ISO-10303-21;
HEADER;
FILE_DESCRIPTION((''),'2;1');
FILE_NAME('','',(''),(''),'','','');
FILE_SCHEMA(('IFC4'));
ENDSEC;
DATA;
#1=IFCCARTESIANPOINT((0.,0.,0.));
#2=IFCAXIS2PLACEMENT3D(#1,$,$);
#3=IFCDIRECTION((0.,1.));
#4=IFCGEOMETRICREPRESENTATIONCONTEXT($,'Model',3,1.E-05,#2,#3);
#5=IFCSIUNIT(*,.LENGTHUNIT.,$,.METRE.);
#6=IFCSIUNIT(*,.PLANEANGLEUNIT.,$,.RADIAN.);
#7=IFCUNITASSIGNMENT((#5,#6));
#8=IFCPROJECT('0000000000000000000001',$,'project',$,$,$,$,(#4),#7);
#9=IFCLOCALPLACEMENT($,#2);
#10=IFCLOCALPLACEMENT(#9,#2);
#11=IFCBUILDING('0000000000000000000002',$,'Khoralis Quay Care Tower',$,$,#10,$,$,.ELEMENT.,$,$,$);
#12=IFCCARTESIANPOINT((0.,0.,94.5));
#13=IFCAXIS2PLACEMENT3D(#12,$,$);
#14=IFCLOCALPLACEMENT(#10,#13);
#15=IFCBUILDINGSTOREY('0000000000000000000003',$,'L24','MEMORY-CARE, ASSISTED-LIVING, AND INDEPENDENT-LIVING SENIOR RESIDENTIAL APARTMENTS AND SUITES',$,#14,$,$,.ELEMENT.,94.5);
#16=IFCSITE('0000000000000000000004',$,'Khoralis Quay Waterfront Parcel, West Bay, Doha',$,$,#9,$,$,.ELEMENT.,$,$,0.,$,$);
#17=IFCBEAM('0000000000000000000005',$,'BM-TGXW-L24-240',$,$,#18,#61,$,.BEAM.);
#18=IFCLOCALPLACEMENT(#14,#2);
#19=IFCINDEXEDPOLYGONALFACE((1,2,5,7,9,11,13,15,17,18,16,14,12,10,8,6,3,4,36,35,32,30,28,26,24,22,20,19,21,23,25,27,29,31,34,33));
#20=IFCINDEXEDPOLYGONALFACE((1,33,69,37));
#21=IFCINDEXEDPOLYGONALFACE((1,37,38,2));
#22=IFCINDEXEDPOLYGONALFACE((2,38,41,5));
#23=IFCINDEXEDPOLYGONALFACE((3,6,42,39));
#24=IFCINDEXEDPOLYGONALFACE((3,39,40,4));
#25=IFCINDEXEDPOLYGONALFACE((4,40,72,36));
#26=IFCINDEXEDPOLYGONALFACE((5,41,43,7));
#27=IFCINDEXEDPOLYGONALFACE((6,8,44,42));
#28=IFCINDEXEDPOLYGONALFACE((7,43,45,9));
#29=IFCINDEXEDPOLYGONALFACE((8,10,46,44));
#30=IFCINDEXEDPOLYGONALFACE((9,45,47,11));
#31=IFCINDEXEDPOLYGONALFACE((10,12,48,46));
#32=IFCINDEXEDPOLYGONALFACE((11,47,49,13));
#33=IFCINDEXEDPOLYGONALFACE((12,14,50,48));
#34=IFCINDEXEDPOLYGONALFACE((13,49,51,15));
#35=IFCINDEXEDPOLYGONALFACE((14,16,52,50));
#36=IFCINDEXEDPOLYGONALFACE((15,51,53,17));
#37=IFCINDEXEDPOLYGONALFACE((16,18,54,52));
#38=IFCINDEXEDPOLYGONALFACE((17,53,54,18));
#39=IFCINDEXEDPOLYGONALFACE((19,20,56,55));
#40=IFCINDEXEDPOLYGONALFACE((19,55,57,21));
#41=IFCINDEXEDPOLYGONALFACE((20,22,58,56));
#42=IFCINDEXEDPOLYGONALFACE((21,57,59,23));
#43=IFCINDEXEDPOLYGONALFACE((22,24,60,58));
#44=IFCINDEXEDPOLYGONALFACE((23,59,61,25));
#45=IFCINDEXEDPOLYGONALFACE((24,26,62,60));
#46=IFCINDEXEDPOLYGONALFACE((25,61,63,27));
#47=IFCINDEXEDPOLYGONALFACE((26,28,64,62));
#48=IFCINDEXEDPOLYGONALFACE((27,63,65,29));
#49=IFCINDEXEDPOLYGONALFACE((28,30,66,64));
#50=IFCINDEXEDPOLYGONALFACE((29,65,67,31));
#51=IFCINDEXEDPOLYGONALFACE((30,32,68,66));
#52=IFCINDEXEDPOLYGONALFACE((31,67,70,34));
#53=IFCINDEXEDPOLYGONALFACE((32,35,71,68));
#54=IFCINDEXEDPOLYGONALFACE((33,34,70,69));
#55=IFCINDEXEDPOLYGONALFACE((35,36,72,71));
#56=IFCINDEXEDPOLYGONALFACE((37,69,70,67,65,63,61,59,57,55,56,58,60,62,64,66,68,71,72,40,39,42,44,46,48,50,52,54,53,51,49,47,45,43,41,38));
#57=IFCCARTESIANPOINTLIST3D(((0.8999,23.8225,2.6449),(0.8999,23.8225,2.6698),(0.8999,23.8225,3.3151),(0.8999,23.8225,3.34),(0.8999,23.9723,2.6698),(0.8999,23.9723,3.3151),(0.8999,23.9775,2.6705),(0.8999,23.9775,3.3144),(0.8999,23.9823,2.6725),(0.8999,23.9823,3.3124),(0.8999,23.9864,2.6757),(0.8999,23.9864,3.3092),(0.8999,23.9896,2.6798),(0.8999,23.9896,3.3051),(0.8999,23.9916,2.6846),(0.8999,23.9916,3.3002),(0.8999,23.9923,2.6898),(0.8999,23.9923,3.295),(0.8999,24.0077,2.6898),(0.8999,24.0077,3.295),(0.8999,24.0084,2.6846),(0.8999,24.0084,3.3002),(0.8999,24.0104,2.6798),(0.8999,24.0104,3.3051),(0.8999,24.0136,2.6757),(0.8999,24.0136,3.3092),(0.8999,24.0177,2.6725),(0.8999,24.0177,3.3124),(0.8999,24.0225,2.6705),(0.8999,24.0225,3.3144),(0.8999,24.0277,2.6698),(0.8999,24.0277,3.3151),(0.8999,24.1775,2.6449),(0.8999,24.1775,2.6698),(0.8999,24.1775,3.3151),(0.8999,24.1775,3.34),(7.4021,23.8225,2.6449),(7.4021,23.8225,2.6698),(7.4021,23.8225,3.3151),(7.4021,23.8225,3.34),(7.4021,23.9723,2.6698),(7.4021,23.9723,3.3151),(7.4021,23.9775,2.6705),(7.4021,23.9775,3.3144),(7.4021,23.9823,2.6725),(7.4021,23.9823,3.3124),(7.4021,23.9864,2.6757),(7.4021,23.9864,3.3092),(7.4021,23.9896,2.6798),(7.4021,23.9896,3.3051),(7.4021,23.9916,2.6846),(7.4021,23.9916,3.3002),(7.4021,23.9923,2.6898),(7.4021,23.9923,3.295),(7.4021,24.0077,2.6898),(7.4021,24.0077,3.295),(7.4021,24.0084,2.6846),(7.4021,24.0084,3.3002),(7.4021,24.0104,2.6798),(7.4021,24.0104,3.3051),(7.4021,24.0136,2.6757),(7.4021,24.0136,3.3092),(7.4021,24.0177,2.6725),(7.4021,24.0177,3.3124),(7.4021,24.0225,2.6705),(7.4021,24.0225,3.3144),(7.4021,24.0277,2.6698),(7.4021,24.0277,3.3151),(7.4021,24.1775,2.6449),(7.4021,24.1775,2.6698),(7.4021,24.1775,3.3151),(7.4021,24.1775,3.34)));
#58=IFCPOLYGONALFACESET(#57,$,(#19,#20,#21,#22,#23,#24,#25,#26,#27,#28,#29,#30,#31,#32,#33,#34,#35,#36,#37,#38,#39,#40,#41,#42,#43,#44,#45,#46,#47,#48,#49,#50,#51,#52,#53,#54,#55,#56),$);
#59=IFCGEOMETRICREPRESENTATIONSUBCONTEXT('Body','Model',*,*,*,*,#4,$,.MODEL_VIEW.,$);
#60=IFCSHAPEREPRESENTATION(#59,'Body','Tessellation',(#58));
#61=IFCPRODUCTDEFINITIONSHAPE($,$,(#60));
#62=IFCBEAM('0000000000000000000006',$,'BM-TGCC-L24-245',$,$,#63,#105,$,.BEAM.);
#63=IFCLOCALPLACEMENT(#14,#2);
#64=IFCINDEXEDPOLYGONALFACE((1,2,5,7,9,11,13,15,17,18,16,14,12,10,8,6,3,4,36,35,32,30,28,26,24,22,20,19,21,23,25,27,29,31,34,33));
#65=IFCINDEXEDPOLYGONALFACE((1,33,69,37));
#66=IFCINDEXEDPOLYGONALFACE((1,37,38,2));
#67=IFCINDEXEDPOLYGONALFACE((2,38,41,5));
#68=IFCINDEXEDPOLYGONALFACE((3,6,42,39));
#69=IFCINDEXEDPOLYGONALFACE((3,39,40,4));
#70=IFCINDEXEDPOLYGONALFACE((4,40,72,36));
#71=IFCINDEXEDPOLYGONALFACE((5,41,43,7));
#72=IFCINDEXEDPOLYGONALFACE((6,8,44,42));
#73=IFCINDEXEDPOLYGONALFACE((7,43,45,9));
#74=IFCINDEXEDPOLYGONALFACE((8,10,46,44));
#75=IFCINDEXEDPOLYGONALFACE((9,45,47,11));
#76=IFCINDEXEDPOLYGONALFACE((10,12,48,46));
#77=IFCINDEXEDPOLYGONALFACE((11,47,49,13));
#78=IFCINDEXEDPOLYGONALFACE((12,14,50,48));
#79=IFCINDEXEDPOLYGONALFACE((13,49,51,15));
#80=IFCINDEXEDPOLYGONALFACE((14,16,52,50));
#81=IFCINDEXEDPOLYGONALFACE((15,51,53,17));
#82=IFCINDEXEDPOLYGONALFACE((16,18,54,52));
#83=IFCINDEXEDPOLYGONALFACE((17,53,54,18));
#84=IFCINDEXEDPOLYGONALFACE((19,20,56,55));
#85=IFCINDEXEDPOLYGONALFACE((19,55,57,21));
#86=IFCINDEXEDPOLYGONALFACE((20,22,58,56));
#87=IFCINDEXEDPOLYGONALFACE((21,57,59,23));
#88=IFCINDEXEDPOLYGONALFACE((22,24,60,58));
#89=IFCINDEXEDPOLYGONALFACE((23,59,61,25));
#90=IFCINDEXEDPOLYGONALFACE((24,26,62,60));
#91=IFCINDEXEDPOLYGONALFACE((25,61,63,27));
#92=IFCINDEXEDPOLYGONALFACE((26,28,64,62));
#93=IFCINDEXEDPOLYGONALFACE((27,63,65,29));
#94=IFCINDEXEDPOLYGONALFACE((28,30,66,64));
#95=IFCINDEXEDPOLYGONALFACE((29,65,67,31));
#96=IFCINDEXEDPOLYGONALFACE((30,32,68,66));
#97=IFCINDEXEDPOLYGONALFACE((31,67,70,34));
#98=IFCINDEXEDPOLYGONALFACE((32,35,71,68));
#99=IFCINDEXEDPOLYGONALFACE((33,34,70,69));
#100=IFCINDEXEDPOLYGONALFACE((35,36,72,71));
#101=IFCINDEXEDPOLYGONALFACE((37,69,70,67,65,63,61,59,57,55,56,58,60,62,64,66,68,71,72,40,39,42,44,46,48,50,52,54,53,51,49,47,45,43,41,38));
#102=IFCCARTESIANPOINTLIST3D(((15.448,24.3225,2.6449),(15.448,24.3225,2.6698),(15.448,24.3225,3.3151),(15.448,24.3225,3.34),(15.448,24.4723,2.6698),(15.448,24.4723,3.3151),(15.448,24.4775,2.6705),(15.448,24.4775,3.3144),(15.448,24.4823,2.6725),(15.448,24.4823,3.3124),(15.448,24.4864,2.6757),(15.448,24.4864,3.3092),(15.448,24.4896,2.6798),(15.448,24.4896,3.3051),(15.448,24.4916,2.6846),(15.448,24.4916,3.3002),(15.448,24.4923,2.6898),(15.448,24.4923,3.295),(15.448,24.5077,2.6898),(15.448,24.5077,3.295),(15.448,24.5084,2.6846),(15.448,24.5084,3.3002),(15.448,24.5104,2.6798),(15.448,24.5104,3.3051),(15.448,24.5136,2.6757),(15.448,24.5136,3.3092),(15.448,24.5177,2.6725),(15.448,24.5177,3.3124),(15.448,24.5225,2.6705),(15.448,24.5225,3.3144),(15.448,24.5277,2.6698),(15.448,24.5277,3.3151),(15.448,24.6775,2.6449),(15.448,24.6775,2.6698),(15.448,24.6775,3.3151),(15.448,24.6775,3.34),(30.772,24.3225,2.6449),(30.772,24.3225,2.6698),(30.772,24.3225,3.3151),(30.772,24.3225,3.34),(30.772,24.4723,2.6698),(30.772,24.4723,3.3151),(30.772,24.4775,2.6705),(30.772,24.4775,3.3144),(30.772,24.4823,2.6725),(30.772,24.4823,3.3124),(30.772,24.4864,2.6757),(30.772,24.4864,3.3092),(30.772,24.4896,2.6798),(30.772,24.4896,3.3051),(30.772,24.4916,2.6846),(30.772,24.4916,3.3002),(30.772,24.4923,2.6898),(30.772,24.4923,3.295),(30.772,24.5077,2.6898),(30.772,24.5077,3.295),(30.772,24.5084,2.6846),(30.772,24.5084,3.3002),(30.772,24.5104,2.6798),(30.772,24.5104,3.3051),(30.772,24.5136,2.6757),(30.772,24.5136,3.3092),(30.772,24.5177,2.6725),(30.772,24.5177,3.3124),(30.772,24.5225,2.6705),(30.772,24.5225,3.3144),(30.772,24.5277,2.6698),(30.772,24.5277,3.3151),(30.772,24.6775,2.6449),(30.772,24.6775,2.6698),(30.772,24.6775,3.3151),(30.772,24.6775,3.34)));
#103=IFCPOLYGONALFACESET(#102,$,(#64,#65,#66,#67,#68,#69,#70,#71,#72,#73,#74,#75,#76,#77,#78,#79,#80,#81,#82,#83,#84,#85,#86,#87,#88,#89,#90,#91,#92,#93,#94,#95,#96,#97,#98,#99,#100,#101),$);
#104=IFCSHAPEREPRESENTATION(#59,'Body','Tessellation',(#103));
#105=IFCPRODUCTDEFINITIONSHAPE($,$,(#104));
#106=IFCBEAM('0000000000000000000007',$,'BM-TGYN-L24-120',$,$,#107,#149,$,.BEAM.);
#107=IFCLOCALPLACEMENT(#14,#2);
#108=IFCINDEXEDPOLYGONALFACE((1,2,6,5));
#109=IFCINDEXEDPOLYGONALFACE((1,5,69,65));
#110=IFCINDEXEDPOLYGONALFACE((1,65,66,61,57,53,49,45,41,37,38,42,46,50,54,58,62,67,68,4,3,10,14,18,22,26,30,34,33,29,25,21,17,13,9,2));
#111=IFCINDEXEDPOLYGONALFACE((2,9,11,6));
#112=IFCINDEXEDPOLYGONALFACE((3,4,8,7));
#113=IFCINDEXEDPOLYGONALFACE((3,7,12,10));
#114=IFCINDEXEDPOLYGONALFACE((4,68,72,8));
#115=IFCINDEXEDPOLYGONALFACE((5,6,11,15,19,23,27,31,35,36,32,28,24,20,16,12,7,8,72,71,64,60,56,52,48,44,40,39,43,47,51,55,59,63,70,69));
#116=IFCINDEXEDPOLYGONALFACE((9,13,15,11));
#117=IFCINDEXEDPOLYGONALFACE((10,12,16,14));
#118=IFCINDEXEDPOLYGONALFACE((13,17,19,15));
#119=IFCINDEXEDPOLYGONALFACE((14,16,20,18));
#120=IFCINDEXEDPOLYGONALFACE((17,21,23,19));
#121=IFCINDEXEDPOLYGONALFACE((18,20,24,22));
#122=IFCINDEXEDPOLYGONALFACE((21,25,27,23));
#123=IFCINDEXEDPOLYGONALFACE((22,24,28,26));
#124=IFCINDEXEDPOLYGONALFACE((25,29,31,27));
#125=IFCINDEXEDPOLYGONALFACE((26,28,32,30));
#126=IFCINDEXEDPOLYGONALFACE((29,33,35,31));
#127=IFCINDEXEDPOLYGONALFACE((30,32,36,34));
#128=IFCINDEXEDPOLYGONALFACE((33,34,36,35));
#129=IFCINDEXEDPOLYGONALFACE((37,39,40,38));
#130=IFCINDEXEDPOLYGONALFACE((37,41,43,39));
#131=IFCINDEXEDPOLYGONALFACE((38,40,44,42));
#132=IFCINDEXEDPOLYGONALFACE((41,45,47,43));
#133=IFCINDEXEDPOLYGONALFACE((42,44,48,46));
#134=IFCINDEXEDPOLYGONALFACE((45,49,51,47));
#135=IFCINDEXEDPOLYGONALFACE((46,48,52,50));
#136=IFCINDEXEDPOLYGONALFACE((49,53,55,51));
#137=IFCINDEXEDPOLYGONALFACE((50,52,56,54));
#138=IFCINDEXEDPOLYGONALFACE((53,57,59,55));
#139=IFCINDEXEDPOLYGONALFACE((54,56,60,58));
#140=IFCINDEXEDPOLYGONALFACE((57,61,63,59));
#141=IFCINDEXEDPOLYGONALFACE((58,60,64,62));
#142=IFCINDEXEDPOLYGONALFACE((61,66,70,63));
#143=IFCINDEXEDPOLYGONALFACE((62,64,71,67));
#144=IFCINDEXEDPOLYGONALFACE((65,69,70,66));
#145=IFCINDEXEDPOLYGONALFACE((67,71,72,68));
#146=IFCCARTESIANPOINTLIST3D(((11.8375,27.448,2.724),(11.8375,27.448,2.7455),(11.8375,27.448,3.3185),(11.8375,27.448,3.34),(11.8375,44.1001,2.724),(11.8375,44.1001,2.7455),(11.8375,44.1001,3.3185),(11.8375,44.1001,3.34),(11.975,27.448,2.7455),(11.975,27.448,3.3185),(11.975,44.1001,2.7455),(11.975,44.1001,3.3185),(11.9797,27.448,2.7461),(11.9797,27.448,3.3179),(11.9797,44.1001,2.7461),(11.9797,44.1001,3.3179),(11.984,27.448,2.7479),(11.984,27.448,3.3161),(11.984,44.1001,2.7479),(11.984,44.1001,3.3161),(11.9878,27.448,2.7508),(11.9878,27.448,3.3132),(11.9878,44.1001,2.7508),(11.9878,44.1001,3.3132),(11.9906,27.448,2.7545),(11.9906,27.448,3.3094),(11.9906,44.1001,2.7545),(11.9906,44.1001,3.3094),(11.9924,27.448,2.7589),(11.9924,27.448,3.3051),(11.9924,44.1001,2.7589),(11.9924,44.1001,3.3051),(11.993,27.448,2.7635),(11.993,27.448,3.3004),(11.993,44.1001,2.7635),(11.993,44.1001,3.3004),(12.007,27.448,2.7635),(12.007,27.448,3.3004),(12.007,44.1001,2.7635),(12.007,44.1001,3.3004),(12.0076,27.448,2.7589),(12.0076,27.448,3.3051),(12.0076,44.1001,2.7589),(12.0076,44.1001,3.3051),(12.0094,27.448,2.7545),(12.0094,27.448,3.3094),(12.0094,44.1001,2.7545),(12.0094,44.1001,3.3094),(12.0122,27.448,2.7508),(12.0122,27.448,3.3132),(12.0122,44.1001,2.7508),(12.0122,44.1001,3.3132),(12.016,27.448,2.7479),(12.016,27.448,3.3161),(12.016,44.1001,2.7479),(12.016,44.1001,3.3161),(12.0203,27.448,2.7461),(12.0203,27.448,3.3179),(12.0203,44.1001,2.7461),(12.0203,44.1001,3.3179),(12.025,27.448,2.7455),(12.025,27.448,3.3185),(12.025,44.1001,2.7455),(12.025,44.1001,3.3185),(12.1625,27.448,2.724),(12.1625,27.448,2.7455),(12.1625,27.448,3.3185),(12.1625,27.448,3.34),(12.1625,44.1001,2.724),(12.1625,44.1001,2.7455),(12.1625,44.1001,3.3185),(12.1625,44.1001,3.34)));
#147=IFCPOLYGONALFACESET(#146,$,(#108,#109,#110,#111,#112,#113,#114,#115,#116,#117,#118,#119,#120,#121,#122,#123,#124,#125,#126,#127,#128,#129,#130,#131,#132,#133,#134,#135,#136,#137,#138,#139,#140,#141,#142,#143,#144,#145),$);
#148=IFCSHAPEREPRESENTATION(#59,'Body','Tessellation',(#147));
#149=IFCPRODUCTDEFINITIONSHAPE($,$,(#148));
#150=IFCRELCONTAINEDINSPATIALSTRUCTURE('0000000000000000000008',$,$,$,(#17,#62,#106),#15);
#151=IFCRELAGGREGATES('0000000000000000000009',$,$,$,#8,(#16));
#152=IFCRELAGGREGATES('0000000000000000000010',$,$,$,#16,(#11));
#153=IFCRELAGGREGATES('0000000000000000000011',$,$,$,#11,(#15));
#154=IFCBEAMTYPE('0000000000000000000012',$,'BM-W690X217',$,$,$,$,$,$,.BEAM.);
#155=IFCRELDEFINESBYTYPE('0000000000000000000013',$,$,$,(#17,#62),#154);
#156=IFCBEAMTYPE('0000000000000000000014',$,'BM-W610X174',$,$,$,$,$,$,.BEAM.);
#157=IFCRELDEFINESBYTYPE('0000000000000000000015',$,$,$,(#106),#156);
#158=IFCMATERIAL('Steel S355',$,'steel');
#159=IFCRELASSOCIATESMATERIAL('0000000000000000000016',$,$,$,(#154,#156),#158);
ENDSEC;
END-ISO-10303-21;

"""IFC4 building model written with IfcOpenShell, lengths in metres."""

from ifc_helpers import new_model, si_unit, direction, frame, origin, origin_2d, place, context, subcontext, project, spatial, i_section, extrude, source, transform, mapped, material, material_profile, profile_set, type_object, element, save


model = new_model("IFC4")

# Units and contexts
model_context = context("Model", 3, precision=1e-05, world=origin(), true_north=direction((0.0, 1.0)))
body_context = subcontext(model_context, "Body", "Model", "MODEL_VIEW")
ifc_project = project(units=[si_unit("LENGTHUNIT", "METRE"), si_unit("PLANEANGLEUNIT", "RADIAN")], contexts=[model_context])

# Site, building, storey
site_placement = place(None, origin())
site = spatial("IfcSite", under=ifc_project, at=site_placement, Name="Khoralis Quay Waterfront Parcel, West Bay, Doha", CompositionType="ELEMENT", RefElevation=0.0)
building_placement = place(site_placement, origin())
building = spatial("IfcBuilding", under=site, at=building_placement, Name="Khoralis Quay Care Tower", CompositionType="ELEMENT")
storey_placement = place(building_placement, frame((0.0, 0.0, 94.5)))
storey = spatial("IfcBuildingStorey", under=building, at=storey_placement, Name="L24", Description="MEMORY-CARE, ASSISTED-LIVING, AND INDEPENDENT-LIVING SENIOR RESIDENTIAL APARTMENTS AND SUITES", CompositionType="ELEMENT", Elevation=94.5)

# Beams
ifc_material_1 = material(Name="Steel S355", Category="steel")
ifc_material_profile_1 = material_profile(ifc_material_1, i_section(OverallWidth=0.355, OverallDepth=0.6951, WebThickness=0.0154, FlangeThickness=0.0249, FilletRadius=0.02, at=origin_2d()), Name="Steel S355")
ifc_profile_set_1 = profile_set([ifc_material_profile_1], Name="Steel S355")
beam_type_1 = type_object("IfcBeamType", Name="BM-W690X217", PredefinedType="BEAM", material=ifc_profile_set_1)
shared_shape_1 = source(origin(), body_context, "Body", "SweptSolid", [
    extrude(i_section(OverallWidth=0.355, OverallDepth=0.6951, WebThickness=0.0154, FlangeThickness=0.0249, FilletRadius=0.02, at=origin_2d()), origin(), (0.0, 0.0, 1.0), 6.5022),
])
for number, where, z_axis, x_axis, name in (
    (1, (0.8999, 24.0, 2.9924), (1.0, 0.0, 0.0), (0.0, 1.0, 0.0), "BM-TGXW-L24-240"),
):
    element("IfcBeam", number, at=place(storey_placement, frame(where, z_axis=z_axis, x_axis=x_axis)), inside=storey, type_object=beam_type_1, Name=name, PredefinedType="BEAM", context=body_context, shape_type="MappedRepresentation", body=[
        mapped(shared_shape_1, transform((0.0, 0.0, 0.0), scale=1.0)),
    ])
shared_shape_2 = source(origin(), body_context, "Body", "SweptSolid", [
    extrude(i_section(OverallWidth=0.355, OverallDepth=0.6951, WebThickness=0.0154, FlangeThickness=0.0249, FilletRadius=0.02, at=origin_2d()), origin(), (0.0, 0.0, 1.0), 15.324),
])
beam_1_placement = place(storey_placement, frame((15.448, 24.5, 2.9924), z_axis=(1.0, 0.0, 0.0), x_axis=(0.0, 1.0, 0.0)))
element("IfcBeam", 2, at=beam_1_placement, inside=storey, type_object=beam_type_1, Name="BM-TGCC-L24-245", PredefinedType="BEAM", context=body_context, shape_type="MappedRepresentation", body=[
    mapped(shared_shape_2, transform((0.0, 0.0, 0.0), scale=1.0)),
])
ifc_material_profile_2 = material_profile(ifc_material_1, i_section(OverallWidth=0.325, OverallDepth=0.616, WebThickness=0.0139, FlangeThickness=0.0215, FilletRadius=0.0181, at=origin_2d()), Name="Steel S355")
ifc_profile_set_2 = profile_set([ifc_material_profile_2], Name="Steel S355")
beam_type_2 = type_object("IfcBeamType", Name="BM-W610X174", PredefinedType="BEAM", material=ifc_profile_set_2)
shared_shape_3 = source(origin(), body_context, "Body", "SweptSolid", [
    extrude(i_section(OverallWidth=0.325, OverallDepth=0.616, WebThickness=0.0139, FlangeThickness=0.0215, FilletRadius=0.0181, at=origin_2d()), origin(), (0.0, 0.0, 1.0), 16.6521),
])
beam_2_placement = place(storey_placement, frame((12.0, 27.448, 3.032), z_axis=(0.0, 1.0, 0.0), x_axis=(-1.0, 0.0, 0.0)))
element("IfcBeam", 3, at=beam_2_placement, inside=storey, type_object=beam_type_2, Name="BM-TGYN-L24-120", PredefinedType="BEAM", context=body_context, shape_type="MappedRepresentation", body=[
    mapped(shared_shape_3, transform((0.0, 0.0, 0.0), scale=1.0)),
])

save(model, "model.ifc")
